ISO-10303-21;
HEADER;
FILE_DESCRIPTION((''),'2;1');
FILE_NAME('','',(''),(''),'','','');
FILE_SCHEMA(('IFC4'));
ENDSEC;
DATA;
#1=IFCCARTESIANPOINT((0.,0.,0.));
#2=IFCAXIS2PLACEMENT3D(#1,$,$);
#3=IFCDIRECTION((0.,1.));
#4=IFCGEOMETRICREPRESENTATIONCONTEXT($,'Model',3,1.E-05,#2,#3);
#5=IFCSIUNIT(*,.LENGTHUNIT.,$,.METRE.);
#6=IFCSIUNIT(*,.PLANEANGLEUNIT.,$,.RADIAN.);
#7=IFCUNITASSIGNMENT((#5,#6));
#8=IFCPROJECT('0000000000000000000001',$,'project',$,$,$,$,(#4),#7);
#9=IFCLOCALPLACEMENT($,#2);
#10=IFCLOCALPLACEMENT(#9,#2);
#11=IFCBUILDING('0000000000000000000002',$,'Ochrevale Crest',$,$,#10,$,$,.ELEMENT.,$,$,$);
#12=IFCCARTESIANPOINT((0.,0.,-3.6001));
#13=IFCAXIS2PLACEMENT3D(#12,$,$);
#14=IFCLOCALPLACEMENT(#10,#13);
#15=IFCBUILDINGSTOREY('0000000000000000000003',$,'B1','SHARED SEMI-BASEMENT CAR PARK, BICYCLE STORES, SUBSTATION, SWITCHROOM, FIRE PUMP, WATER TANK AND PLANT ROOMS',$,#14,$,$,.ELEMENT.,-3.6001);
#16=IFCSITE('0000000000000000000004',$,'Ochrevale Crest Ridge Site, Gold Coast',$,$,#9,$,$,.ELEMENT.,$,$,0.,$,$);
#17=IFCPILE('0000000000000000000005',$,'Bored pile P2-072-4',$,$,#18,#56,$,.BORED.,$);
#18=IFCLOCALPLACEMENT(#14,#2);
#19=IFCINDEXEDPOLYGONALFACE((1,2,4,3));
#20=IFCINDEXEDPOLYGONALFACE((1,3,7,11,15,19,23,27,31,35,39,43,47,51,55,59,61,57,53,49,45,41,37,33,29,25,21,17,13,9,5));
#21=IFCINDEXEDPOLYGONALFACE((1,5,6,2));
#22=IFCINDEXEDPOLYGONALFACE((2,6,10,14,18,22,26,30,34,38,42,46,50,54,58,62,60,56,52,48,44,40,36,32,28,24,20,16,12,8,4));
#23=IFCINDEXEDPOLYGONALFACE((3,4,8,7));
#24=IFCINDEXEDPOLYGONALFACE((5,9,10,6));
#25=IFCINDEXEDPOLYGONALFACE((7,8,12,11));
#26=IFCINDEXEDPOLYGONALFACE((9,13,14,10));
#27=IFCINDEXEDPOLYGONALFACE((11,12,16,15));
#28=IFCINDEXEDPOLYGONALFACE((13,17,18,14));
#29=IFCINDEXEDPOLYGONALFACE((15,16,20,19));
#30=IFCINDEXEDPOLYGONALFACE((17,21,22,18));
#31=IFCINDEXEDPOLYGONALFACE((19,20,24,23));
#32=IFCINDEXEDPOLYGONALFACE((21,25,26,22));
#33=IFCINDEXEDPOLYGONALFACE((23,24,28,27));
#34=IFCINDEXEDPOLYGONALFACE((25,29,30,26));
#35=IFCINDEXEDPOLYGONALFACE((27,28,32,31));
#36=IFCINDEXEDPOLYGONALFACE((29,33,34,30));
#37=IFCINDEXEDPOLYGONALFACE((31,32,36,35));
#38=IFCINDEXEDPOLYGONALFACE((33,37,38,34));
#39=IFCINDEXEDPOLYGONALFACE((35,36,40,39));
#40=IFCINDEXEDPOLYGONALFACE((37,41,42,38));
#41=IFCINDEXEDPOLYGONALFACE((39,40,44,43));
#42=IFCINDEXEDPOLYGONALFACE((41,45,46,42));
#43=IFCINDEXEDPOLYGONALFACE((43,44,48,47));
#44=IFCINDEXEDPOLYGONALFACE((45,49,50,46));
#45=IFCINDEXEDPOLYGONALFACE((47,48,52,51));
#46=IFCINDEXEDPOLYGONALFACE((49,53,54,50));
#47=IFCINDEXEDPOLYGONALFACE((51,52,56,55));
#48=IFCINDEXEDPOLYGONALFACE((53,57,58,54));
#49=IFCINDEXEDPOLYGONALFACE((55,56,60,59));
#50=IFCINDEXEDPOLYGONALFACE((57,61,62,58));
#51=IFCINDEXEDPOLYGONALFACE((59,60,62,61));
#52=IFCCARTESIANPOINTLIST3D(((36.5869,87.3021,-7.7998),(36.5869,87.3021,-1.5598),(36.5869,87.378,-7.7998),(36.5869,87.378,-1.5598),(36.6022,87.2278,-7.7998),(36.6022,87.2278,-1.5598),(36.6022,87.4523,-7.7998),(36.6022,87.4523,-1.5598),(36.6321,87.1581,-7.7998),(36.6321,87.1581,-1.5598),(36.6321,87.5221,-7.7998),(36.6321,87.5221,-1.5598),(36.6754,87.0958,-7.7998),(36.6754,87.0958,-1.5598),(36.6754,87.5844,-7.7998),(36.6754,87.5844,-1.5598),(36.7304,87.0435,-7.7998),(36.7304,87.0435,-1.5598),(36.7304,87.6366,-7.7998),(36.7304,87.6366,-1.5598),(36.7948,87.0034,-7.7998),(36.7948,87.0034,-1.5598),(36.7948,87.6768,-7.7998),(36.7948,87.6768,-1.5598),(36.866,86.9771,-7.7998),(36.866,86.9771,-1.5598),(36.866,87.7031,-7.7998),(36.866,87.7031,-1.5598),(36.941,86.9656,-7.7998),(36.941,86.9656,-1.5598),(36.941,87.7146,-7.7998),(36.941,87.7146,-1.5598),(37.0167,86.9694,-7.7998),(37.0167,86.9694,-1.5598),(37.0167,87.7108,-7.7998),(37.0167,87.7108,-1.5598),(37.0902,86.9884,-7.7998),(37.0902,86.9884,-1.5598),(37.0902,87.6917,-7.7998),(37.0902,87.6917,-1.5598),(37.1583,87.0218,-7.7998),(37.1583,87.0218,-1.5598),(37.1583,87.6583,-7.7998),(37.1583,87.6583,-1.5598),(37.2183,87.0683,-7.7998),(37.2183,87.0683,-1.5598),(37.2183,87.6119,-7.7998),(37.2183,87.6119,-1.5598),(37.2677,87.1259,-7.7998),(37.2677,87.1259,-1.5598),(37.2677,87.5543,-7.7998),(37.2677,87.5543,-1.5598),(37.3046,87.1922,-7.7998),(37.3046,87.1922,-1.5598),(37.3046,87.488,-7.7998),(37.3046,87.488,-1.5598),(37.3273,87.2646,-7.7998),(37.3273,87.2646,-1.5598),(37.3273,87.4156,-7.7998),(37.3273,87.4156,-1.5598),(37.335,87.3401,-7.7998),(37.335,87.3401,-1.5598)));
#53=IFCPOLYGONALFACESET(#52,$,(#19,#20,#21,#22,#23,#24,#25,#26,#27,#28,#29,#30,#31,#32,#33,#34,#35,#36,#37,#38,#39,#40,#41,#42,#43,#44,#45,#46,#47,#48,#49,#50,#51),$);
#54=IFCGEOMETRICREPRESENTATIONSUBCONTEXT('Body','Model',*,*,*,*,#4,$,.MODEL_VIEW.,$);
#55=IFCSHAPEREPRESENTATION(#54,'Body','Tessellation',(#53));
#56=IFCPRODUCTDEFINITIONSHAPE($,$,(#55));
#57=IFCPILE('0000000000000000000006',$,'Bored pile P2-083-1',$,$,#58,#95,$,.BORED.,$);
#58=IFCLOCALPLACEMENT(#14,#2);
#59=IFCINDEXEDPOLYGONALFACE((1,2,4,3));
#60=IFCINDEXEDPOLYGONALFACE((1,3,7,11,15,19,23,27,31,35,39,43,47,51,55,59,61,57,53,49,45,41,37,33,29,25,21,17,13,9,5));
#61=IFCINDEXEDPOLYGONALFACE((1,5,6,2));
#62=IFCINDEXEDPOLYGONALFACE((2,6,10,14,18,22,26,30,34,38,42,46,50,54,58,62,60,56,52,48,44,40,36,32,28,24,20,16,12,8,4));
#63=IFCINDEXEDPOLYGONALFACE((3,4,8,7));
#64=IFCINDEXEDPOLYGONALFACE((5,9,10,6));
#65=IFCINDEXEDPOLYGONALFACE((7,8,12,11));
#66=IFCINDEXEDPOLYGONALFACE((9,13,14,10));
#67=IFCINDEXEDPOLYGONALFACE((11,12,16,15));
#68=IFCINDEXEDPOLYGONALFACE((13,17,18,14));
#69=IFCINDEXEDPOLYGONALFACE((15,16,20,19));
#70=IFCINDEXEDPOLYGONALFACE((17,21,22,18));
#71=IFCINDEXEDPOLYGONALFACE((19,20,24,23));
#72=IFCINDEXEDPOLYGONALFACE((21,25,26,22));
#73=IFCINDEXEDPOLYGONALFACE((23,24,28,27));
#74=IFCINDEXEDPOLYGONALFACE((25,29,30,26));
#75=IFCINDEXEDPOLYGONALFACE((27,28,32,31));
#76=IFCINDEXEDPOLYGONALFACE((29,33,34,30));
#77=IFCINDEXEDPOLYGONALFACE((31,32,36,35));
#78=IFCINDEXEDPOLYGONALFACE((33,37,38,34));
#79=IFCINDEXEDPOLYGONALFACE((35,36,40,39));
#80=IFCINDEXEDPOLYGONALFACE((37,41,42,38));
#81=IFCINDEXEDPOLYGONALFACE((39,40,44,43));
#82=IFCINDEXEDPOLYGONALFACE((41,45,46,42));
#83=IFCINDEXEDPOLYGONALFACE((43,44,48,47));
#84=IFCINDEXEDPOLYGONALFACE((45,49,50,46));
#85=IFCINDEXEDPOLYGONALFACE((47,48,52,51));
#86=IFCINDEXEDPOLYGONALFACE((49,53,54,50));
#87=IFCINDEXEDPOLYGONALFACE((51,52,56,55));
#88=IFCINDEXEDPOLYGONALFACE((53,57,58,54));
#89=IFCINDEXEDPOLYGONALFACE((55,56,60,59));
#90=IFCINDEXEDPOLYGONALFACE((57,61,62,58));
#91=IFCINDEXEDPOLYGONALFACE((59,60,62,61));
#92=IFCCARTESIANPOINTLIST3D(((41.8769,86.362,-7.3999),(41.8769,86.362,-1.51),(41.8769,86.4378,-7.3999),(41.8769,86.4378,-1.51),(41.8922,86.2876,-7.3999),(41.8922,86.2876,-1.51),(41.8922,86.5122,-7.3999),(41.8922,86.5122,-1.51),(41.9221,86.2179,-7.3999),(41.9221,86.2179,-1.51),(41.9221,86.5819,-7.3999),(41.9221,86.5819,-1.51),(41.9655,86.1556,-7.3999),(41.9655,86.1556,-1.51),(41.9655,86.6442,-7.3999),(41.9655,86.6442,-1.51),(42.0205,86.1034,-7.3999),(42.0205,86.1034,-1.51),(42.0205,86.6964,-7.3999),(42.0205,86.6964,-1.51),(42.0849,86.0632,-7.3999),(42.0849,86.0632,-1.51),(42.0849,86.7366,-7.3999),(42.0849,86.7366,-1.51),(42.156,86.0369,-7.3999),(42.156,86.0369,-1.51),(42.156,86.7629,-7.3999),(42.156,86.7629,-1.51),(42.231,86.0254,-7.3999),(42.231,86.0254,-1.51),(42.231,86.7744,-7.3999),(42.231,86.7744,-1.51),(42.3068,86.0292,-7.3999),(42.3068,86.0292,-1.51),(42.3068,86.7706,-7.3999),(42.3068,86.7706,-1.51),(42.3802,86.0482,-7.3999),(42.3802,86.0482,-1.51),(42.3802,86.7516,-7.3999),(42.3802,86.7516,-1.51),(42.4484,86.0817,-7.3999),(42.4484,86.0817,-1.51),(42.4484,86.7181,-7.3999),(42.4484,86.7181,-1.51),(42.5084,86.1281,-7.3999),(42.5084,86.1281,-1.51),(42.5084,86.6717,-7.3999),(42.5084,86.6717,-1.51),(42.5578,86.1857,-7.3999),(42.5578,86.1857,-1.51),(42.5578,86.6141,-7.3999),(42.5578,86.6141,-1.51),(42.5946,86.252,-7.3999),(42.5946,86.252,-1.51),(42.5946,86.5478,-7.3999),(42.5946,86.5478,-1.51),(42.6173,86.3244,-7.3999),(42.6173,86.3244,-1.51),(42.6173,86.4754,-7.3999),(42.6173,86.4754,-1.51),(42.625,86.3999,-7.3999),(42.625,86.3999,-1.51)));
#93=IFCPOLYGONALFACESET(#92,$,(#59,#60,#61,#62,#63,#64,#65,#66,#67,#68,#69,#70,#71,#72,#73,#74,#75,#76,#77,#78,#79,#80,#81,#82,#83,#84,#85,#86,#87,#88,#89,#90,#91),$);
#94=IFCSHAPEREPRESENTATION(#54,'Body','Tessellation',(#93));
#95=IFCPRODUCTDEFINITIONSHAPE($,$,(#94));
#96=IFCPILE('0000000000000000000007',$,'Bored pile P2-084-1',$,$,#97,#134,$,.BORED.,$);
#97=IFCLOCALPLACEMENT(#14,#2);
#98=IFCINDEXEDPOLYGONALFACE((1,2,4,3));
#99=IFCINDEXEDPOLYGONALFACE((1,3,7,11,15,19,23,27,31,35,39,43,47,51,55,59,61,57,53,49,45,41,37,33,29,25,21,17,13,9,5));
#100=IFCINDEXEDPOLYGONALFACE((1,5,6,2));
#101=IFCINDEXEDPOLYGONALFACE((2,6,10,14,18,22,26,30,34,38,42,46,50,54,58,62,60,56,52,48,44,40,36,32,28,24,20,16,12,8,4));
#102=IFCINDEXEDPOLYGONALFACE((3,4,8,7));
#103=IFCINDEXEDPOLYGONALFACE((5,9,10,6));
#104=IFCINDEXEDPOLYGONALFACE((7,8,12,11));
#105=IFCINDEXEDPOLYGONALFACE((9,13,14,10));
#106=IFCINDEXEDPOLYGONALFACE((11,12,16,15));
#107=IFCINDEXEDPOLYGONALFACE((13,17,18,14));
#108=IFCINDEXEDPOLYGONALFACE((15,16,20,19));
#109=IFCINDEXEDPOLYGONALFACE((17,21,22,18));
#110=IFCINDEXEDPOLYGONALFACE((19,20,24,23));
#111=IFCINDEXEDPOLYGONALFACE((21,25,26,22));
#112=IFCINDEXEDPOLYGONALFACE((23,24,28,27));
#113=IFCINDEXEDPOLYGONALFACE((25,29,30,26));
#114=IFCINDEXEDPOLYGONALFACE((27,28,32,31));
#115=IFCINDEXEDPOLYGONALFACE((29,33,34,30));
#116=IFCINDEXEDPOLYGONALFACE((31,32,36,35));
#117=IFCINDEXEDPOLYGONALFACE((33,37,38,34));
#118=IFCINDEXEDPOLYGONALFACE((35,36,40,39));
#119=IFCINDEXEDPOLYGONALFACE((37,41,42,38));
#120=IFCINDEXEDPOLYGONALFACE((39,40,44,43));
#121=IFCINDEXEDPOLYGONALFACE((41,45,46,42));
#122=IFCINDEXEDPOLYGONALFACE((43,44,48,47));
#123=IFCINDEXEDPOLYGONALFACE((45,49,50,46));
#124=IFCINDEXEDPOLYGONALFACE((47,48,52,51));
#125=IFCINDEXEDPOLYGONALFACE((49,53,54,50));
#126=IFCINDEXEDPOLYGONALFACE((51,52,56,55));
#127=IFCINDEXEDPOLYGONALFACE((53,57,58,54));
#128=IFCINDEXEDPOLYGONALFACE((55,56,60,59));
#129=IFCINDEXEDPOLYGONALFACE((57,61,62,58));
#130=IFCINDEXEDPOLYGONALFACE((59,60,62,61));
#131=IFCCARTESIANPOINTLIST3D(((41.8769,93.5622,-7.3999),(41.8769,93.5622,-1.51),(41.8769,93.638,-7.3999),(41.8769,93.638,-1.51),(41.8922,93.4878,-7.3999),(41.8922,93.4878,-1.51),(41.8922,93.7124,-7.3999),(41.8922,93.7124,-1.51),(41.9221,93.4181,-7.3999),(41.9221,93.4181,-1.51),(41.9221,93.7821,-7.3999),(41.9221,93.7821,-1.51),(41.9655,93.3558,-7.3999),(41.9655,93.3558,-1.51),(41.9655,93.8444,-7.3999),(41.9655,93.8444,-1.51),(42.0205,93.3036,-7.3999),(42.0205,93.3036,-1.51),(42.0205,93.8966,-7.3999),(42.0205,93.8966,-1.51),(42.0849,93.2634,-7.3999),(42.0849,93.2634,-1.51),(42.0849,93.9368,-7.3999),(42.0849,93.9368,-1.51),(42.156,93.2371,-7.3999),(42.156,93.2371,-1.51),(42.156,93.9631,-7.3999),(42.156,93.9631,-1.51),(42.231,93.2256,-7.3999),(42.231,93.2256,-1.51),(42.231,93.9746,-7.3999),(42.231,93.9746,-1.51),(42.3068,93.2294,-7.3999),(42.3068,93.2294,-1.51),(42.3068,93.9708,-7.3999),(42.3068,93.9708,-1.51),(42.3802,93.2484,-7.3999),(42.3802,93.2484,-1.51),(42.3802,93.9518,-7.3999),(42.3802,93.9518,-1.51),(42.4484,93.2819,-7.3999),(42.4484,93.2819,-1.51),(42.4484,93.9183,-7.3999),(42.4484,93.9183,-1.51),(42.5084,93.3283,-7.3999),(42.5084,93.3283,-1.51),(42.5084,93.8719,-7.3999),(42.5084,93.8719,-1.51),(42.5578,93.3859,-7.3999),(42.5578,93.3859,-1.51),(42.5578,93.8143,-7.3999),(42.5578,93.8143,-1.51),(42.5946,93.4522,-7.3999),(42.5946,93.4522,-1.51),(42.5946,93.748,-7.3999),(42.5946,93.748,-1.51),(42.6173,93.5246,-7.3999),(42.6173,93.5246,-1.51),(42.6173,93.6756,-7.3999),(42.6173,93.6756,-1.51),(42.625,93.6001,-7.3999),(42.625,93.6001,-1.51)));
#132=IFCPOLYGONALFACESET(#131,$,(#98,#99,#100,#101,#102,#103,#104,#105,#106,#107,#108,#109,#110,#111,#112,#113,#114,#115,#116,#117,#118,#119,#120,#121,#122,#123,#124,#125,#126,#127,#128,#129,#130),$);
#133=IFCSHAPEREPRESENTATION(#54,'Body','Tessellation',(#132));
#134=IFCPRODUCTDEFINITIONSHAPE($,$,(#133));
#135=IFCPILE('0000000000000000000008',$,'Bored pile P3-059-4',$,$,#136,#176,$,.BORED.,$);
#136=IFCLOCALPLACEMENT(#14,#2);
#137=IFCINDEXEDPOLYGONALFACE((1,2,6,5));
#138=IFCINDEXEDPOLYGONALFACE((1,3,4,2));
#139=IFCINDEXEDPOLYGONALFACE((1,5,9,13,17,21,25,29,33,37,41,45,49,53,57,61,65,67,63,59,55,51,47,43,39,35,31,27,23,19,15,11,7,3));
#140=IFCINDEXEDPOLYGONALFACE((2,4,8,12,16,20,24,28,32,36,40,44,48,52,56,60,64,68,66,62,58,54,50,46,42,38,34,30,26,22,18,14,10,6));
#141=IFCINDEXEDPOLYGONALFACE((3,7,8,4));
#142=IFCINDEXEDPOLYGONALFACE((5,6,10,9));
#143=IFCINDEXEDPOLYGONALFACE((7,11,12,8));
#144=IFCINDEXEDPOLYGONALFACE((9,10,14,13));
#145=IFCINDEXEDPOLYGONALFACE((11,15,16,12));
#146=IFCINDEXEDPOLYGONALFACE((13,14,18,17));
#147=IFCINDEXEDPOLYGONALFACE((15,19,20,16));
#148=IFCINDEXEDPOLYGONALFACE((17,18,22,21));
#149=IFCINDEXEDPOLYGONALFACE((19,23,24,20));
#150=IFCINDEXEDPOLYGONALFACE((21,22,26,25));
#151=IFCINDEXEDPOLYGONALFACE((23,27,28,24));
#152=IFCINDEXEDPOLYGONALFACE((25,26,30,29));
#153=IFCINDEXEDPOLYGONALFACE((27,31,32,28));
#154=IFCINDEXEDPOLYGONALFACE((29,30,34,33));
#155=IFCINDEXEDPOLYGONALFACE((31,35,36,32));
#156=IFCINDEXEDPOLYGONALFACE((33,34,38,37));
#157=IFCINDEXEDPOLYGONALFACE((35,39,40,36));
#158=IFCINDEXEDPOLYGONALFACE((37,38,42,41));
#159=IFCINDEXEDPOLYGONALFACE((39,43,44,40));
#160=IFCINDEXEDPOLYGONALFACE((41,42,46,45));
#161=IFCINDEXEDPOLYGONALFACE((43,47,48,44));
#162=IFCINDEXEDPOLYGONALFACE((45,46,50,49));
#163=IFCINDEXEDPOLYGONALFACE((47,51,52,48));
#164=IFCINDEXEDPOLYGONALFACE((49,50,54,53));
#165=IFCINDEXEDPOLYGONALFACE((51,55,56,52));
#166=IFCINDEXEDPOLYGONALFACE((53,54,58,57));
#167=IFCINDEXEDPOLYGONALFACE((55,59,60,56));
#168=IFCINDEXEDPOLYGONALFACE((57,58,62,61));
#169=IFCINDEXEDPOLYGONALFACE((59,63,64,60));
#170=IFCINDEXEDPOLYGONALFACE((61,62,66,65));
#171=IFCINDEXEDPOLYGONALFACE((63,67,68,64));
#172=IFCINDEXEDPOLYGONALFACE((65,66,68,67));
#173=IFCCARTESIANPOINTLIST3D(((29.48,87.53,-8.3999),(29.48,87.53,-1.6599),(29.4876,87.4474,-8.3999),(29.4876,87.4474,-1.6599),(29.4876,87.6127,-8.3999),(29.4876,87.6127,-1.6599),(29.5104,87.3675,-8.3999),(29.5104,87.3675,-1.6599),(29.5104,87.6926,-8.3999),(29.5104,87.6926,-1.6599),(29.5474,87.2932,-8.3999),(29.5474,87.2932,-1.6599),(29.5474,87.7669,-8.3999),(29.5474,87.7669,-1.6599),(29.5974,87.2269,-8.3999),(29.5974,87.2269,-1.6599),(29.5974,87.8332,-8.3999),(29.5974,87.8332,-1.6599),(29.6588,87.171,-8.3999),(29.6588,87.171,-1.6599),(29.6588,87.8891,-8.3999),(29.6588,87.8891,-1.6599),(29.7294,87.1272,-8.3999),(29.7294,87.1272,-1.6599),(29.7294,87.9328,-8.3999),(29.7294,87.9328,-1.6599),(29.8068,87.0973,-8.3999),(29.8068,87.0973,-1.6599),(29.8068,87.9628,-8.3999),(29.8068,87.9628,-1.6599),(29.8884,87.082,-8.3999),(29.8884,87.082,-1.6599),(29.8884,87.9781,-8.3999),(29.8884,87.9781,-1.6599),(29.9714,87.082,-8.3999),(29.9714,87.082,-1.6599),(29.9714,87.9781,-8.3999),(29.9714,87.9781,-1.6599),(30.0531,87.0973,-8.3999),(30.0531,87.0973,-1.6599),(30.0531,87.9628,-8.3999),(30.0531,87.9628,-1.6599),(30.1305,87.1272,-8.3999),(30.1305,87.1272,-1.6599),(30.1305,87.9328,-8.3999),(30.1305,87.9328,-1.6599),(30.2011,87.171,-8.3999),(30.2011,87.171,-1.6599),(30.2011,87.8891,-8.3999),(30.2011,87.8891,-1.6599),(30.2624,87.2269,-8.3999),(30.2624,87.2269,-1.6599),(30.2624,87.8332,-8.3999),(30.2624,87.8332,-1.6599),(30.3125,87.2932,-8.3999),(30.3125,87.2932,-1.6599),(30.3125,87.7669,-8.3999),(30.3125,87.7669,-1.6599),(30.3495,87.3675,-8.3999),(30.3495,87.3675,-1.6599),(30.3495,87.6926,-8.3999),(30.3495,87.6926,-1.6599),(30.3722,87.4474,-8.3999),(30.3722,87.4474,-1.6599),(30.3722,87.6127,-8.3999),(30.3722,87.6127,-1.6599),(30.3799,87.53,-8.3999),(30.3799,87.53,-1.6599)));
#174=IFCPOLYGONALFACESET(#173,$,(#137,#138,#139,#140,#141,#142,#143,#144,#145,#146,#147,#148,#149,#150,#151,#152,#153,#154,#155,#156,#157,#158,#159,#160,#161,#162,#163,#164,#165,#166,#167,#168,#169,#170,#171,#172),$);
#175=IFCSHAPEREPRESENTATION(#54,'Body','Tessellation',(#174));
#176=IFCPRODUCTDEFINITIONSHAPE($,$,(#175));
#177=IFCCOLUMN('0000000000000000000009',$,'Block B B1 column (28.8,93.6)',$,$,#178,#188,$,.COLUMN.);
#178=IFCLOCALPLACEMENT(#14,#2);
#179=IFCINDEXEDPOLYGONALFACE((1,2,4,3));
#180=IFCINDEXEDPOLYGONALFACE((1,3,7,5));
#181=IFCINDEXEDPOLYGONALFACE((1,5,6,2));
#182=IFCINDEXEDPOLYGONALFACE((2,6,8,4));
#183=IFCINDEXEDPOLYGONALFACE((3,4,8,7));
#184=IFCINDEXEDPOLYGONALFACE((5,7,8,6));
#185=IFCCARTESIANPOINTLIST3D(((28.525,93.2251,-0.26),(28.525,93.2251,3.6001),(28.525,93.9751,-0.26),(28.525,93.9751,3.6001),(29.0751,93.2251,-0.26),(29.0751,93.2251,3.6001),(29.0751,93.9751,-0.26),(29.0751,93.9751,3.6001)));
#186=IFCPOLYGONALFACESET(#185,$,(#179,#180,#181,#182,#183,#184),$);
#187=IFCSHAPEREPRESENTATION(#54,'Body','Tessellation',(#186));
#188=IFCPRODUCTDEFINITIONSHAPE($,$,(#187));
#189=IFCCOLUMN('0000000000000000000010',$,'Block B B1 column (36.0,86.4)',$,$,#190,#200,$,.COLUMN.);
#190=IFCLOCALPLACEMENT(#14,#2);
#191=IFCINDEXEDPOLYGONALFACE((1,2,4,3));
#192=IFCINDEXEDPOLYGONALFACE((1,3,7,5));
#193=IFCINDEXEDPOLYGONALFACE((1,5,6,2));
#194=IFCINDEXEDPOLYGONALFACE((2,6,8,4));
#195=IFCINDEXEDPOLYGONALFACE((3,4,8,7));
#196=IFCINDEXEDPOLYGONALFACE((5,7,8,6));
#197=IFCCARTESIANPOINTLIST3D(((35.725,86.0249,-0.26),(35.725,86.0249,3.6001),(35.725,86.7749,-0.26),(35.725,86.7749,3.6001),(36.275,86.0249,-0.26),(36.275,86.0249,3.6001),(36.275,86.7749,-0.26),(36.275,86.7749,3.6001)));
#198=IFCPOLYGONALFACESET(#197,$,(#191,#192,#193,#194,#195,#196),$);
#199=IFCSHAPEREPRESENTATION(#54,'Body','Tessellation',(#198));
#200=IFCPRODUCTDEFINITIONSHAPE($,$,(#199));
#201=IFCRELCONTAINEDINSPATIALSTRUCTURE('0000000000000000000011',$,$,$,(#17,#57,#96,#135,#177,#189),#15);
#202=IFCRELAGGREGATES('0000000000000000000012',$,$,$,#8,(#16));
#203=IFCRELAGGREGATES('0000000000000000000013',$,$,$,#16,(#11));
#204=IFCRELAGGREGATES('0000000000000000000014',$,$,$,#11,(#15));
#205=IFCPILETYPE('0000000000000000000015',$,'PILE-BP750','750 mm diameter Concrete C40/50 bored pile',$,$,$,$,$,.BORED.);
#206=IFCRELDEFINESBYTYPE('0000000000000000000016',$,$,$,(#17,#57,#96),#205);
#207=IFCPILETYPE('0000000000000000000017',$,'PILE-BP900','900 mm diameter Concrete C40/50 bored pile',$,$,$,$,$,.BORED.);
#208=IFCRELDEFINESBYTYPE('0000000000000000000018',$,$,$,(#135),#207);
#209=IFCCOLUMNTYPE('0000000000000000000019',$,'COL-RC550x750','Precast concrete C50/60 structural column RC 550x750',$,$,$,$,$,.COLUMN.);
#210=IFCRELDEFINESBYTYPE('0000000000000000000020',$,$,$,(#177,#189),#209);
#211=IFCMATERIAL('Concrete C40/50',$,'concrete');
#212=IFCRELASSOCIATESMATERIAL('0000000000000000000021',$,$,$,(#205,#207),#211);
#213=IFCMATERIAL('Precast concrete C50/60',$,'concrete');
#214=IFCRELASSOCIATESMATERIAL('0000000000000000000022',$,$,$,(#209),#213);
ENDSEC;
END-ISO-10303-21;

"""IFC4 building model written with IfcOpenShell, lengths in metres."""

from ifc_helpers import new_model, si_unit, direction, frame, origin, origin_2d, place, context, subcontext, project, spatial, rectangle, circle, extrude, material, material_profile, profile_set, type_object, element, save


model = new_model("IFC4")

# Units and contexts
model_context = context("Model", 3, precision=1e-05, world=origin(), true_north=direction((0.0, 1.0)))
body_context = subcontext(model_context, "Body", "Model", "MODEL_VIEW")
ifc_project = project(units=[si_unit("LENGTHUNIT", "METRE"), si_unit("PLANEANGLEUNIT", "RADIAN")], contexts=[model_context])

# Site, building, storey
site_placement = place(None, origin())
site = spatial("IfcSite", under=ifc_project, at=site_placement, Name="Ochrevale Crest Ridge Site, Gold Coast", CompositionType="ELEMENT", RefElevation=0.0)
building_placement = place(site_placement, origin())
building = spatial("IfcBuilding", under=site, at=building_placement, Name="Ochrevale Crest", CompositionType="ELEMENT")
storey_placement = place(building_placement, frame((0.0, 0.0, -3.6001)))
storey = spatial("IfcBuildingStorey", under=building, at=storey_placement, Name="B1", Description="SHARED SEMI-BASEMENT CAR PARK, BICYCLE STORES, SUBSTATION, SWITCHROOM, FIRE PUMP, WATER TANK AND PLANT ROOMS", CompositionType="ELEMENT", Elevation=-3.6001)

# Shared definitions
ifc_material_1 = material(Name="Concrete C40/50", Category="concrete")

# Piles
ifc_material_profile_1 = material_profile(ifc_material_1, circle(Radius=0.375, at=origin_2d()), Name="BORED PILE 750")
ifc_profile_set_1 = profile_set([ifc_material_profile_1], Name="Concrete C40/50")
pile_type_1 = type_object("IfcPileType", Name="PILE-BP750", Description="750 mm diameter Concrete C40/50 bored pile", PredefinedType="BORED", material=ifc_profile_set_1)
for number, where, z_axis, x_axis, name in (
    (1, (36.96, 87.3401, -1.5598), (0.0, 0.0, -1.0), (1.0, 0.0, 0.0), "Bored pile P2-072-4"),
):
    element("IfcPile", number, at=place(storey_placement, frame(where, z_axis=z_axis, x_axis=x_axis)), inside=storey, type_object=pile_type_1, Name=name, PredefinedType="BORED", context=body_context, shape_type="SweptSolid", body=[
        extrude(circle(Radius=0.375, at=origin_2d()), origin(), (0.0, 0.0, 1.0), 6.24),
    ])
for number, where, z_axis, x_axis, name in (
    (2, (42.25, 86.3999, -1.51), (0.0, 0.0, -1.0), (1.0, 0.0, 0.0), "Bored pile P2-083-1"),
    (3, (42.25, 93.6001, -1.51), (0.0, 0.0, -1.0), (1.0, 0.0, 0.0), "Bored pile P2-084-1"),
):
    element("IfcPile", number, at=place(storey_placement, frame(where, z_axis=z_axis, x_axis=x_axis)), inside=storey, type_object=pile_type_1, Name=name, PredefinedType="BORED", context=body_context, shape_type="SweptSolid", body=[
        extrude(circle(Radius=0.375, at=origin_2d()), origin(), (0.0, 0.0, 1.0), 5.8899),
    ])
ifc_material_profile_2 = material_profile(ifc_material_1, circle(Radius=0.45, at=origin_2d()), Name="BORED PILE 900")
ifc_profile_set_2 = profile_set([ifc_material_profile_2], Name="Concrete C40/50")
pile_type_2 = type_object("IfcPileType", Name="PILE-BP900", Description="900 mm diameter Concrete C40/50 bored pile", PredefinedType="BORED", material=ifc_profile_set_2)
pile_placement = place(storey_placement, frame((29.9299, 87.53, -1.6599), z_axis=(0.0, 0.0, -1.0), x_axis=(1.0, 0.0, 0.0)))
element("IfcPile", 4, at=pile_placement, inside=storey, type_object=pile_type_2, Name="Bored pile P3-059-4", PredefinedType="BORED", context=body_context, shape_type="SweptSolid", body=[
    extrude(circle(Radius=0.45, at=origin_2d()), origin(), (0.0, 0.0, 1.0), 6.74),
])

# Columns
ifc_material_2 = material(Name="Precast concrete C50/60", Category="concrete")
ifc_material_profile_3 = material_profile(ifc_material_2, rectangle(XDim=0.55, YDim=0.75, at=origin_2d()), Name="RC 550x750")
ifc_profile_set_3 = profile_set([ifc_material_profile_3], Name="Precast concrete C50/60")
column_type_1 = type_object("IfcColumnType", Name="COL-RC550x750", Description="Precast concrete C50/60 structural column RC 550x750", PredefinedType="COLUMN", material=ifc_profile_set_3)
for number, where, z_axis, x_axis, name in (
    (5, (28.8, 93.6001, -0.26), (0.0, 0.0, 1.0), (1.0, 0.0, 0.0), "Block B B1 column (28.8,93.6)"),
    (6, (36.0, 86.3999, -0.26), (0.0, 0.0, 1.0), (1.0, 0.0, 0.0), "Block B B1 column (36.0,86.4)"),
):
    element("IfcColumn", number, at=place(storey_placement, frame(where, z_axis=z_axis, x_axis=x_axis)), inside=storey, type_object=column_type_1, Name=name, PredefinedType="COLUMN", context=body_context, shape_type="SweptSolid", body=[
        extrude(rectangle(XDim=0.55, YDim=0.75, at=origin_2d()), origin(), (0.0, 0.0, 1.0), 3.8601),
    ])

save(model, "model.ifc")
